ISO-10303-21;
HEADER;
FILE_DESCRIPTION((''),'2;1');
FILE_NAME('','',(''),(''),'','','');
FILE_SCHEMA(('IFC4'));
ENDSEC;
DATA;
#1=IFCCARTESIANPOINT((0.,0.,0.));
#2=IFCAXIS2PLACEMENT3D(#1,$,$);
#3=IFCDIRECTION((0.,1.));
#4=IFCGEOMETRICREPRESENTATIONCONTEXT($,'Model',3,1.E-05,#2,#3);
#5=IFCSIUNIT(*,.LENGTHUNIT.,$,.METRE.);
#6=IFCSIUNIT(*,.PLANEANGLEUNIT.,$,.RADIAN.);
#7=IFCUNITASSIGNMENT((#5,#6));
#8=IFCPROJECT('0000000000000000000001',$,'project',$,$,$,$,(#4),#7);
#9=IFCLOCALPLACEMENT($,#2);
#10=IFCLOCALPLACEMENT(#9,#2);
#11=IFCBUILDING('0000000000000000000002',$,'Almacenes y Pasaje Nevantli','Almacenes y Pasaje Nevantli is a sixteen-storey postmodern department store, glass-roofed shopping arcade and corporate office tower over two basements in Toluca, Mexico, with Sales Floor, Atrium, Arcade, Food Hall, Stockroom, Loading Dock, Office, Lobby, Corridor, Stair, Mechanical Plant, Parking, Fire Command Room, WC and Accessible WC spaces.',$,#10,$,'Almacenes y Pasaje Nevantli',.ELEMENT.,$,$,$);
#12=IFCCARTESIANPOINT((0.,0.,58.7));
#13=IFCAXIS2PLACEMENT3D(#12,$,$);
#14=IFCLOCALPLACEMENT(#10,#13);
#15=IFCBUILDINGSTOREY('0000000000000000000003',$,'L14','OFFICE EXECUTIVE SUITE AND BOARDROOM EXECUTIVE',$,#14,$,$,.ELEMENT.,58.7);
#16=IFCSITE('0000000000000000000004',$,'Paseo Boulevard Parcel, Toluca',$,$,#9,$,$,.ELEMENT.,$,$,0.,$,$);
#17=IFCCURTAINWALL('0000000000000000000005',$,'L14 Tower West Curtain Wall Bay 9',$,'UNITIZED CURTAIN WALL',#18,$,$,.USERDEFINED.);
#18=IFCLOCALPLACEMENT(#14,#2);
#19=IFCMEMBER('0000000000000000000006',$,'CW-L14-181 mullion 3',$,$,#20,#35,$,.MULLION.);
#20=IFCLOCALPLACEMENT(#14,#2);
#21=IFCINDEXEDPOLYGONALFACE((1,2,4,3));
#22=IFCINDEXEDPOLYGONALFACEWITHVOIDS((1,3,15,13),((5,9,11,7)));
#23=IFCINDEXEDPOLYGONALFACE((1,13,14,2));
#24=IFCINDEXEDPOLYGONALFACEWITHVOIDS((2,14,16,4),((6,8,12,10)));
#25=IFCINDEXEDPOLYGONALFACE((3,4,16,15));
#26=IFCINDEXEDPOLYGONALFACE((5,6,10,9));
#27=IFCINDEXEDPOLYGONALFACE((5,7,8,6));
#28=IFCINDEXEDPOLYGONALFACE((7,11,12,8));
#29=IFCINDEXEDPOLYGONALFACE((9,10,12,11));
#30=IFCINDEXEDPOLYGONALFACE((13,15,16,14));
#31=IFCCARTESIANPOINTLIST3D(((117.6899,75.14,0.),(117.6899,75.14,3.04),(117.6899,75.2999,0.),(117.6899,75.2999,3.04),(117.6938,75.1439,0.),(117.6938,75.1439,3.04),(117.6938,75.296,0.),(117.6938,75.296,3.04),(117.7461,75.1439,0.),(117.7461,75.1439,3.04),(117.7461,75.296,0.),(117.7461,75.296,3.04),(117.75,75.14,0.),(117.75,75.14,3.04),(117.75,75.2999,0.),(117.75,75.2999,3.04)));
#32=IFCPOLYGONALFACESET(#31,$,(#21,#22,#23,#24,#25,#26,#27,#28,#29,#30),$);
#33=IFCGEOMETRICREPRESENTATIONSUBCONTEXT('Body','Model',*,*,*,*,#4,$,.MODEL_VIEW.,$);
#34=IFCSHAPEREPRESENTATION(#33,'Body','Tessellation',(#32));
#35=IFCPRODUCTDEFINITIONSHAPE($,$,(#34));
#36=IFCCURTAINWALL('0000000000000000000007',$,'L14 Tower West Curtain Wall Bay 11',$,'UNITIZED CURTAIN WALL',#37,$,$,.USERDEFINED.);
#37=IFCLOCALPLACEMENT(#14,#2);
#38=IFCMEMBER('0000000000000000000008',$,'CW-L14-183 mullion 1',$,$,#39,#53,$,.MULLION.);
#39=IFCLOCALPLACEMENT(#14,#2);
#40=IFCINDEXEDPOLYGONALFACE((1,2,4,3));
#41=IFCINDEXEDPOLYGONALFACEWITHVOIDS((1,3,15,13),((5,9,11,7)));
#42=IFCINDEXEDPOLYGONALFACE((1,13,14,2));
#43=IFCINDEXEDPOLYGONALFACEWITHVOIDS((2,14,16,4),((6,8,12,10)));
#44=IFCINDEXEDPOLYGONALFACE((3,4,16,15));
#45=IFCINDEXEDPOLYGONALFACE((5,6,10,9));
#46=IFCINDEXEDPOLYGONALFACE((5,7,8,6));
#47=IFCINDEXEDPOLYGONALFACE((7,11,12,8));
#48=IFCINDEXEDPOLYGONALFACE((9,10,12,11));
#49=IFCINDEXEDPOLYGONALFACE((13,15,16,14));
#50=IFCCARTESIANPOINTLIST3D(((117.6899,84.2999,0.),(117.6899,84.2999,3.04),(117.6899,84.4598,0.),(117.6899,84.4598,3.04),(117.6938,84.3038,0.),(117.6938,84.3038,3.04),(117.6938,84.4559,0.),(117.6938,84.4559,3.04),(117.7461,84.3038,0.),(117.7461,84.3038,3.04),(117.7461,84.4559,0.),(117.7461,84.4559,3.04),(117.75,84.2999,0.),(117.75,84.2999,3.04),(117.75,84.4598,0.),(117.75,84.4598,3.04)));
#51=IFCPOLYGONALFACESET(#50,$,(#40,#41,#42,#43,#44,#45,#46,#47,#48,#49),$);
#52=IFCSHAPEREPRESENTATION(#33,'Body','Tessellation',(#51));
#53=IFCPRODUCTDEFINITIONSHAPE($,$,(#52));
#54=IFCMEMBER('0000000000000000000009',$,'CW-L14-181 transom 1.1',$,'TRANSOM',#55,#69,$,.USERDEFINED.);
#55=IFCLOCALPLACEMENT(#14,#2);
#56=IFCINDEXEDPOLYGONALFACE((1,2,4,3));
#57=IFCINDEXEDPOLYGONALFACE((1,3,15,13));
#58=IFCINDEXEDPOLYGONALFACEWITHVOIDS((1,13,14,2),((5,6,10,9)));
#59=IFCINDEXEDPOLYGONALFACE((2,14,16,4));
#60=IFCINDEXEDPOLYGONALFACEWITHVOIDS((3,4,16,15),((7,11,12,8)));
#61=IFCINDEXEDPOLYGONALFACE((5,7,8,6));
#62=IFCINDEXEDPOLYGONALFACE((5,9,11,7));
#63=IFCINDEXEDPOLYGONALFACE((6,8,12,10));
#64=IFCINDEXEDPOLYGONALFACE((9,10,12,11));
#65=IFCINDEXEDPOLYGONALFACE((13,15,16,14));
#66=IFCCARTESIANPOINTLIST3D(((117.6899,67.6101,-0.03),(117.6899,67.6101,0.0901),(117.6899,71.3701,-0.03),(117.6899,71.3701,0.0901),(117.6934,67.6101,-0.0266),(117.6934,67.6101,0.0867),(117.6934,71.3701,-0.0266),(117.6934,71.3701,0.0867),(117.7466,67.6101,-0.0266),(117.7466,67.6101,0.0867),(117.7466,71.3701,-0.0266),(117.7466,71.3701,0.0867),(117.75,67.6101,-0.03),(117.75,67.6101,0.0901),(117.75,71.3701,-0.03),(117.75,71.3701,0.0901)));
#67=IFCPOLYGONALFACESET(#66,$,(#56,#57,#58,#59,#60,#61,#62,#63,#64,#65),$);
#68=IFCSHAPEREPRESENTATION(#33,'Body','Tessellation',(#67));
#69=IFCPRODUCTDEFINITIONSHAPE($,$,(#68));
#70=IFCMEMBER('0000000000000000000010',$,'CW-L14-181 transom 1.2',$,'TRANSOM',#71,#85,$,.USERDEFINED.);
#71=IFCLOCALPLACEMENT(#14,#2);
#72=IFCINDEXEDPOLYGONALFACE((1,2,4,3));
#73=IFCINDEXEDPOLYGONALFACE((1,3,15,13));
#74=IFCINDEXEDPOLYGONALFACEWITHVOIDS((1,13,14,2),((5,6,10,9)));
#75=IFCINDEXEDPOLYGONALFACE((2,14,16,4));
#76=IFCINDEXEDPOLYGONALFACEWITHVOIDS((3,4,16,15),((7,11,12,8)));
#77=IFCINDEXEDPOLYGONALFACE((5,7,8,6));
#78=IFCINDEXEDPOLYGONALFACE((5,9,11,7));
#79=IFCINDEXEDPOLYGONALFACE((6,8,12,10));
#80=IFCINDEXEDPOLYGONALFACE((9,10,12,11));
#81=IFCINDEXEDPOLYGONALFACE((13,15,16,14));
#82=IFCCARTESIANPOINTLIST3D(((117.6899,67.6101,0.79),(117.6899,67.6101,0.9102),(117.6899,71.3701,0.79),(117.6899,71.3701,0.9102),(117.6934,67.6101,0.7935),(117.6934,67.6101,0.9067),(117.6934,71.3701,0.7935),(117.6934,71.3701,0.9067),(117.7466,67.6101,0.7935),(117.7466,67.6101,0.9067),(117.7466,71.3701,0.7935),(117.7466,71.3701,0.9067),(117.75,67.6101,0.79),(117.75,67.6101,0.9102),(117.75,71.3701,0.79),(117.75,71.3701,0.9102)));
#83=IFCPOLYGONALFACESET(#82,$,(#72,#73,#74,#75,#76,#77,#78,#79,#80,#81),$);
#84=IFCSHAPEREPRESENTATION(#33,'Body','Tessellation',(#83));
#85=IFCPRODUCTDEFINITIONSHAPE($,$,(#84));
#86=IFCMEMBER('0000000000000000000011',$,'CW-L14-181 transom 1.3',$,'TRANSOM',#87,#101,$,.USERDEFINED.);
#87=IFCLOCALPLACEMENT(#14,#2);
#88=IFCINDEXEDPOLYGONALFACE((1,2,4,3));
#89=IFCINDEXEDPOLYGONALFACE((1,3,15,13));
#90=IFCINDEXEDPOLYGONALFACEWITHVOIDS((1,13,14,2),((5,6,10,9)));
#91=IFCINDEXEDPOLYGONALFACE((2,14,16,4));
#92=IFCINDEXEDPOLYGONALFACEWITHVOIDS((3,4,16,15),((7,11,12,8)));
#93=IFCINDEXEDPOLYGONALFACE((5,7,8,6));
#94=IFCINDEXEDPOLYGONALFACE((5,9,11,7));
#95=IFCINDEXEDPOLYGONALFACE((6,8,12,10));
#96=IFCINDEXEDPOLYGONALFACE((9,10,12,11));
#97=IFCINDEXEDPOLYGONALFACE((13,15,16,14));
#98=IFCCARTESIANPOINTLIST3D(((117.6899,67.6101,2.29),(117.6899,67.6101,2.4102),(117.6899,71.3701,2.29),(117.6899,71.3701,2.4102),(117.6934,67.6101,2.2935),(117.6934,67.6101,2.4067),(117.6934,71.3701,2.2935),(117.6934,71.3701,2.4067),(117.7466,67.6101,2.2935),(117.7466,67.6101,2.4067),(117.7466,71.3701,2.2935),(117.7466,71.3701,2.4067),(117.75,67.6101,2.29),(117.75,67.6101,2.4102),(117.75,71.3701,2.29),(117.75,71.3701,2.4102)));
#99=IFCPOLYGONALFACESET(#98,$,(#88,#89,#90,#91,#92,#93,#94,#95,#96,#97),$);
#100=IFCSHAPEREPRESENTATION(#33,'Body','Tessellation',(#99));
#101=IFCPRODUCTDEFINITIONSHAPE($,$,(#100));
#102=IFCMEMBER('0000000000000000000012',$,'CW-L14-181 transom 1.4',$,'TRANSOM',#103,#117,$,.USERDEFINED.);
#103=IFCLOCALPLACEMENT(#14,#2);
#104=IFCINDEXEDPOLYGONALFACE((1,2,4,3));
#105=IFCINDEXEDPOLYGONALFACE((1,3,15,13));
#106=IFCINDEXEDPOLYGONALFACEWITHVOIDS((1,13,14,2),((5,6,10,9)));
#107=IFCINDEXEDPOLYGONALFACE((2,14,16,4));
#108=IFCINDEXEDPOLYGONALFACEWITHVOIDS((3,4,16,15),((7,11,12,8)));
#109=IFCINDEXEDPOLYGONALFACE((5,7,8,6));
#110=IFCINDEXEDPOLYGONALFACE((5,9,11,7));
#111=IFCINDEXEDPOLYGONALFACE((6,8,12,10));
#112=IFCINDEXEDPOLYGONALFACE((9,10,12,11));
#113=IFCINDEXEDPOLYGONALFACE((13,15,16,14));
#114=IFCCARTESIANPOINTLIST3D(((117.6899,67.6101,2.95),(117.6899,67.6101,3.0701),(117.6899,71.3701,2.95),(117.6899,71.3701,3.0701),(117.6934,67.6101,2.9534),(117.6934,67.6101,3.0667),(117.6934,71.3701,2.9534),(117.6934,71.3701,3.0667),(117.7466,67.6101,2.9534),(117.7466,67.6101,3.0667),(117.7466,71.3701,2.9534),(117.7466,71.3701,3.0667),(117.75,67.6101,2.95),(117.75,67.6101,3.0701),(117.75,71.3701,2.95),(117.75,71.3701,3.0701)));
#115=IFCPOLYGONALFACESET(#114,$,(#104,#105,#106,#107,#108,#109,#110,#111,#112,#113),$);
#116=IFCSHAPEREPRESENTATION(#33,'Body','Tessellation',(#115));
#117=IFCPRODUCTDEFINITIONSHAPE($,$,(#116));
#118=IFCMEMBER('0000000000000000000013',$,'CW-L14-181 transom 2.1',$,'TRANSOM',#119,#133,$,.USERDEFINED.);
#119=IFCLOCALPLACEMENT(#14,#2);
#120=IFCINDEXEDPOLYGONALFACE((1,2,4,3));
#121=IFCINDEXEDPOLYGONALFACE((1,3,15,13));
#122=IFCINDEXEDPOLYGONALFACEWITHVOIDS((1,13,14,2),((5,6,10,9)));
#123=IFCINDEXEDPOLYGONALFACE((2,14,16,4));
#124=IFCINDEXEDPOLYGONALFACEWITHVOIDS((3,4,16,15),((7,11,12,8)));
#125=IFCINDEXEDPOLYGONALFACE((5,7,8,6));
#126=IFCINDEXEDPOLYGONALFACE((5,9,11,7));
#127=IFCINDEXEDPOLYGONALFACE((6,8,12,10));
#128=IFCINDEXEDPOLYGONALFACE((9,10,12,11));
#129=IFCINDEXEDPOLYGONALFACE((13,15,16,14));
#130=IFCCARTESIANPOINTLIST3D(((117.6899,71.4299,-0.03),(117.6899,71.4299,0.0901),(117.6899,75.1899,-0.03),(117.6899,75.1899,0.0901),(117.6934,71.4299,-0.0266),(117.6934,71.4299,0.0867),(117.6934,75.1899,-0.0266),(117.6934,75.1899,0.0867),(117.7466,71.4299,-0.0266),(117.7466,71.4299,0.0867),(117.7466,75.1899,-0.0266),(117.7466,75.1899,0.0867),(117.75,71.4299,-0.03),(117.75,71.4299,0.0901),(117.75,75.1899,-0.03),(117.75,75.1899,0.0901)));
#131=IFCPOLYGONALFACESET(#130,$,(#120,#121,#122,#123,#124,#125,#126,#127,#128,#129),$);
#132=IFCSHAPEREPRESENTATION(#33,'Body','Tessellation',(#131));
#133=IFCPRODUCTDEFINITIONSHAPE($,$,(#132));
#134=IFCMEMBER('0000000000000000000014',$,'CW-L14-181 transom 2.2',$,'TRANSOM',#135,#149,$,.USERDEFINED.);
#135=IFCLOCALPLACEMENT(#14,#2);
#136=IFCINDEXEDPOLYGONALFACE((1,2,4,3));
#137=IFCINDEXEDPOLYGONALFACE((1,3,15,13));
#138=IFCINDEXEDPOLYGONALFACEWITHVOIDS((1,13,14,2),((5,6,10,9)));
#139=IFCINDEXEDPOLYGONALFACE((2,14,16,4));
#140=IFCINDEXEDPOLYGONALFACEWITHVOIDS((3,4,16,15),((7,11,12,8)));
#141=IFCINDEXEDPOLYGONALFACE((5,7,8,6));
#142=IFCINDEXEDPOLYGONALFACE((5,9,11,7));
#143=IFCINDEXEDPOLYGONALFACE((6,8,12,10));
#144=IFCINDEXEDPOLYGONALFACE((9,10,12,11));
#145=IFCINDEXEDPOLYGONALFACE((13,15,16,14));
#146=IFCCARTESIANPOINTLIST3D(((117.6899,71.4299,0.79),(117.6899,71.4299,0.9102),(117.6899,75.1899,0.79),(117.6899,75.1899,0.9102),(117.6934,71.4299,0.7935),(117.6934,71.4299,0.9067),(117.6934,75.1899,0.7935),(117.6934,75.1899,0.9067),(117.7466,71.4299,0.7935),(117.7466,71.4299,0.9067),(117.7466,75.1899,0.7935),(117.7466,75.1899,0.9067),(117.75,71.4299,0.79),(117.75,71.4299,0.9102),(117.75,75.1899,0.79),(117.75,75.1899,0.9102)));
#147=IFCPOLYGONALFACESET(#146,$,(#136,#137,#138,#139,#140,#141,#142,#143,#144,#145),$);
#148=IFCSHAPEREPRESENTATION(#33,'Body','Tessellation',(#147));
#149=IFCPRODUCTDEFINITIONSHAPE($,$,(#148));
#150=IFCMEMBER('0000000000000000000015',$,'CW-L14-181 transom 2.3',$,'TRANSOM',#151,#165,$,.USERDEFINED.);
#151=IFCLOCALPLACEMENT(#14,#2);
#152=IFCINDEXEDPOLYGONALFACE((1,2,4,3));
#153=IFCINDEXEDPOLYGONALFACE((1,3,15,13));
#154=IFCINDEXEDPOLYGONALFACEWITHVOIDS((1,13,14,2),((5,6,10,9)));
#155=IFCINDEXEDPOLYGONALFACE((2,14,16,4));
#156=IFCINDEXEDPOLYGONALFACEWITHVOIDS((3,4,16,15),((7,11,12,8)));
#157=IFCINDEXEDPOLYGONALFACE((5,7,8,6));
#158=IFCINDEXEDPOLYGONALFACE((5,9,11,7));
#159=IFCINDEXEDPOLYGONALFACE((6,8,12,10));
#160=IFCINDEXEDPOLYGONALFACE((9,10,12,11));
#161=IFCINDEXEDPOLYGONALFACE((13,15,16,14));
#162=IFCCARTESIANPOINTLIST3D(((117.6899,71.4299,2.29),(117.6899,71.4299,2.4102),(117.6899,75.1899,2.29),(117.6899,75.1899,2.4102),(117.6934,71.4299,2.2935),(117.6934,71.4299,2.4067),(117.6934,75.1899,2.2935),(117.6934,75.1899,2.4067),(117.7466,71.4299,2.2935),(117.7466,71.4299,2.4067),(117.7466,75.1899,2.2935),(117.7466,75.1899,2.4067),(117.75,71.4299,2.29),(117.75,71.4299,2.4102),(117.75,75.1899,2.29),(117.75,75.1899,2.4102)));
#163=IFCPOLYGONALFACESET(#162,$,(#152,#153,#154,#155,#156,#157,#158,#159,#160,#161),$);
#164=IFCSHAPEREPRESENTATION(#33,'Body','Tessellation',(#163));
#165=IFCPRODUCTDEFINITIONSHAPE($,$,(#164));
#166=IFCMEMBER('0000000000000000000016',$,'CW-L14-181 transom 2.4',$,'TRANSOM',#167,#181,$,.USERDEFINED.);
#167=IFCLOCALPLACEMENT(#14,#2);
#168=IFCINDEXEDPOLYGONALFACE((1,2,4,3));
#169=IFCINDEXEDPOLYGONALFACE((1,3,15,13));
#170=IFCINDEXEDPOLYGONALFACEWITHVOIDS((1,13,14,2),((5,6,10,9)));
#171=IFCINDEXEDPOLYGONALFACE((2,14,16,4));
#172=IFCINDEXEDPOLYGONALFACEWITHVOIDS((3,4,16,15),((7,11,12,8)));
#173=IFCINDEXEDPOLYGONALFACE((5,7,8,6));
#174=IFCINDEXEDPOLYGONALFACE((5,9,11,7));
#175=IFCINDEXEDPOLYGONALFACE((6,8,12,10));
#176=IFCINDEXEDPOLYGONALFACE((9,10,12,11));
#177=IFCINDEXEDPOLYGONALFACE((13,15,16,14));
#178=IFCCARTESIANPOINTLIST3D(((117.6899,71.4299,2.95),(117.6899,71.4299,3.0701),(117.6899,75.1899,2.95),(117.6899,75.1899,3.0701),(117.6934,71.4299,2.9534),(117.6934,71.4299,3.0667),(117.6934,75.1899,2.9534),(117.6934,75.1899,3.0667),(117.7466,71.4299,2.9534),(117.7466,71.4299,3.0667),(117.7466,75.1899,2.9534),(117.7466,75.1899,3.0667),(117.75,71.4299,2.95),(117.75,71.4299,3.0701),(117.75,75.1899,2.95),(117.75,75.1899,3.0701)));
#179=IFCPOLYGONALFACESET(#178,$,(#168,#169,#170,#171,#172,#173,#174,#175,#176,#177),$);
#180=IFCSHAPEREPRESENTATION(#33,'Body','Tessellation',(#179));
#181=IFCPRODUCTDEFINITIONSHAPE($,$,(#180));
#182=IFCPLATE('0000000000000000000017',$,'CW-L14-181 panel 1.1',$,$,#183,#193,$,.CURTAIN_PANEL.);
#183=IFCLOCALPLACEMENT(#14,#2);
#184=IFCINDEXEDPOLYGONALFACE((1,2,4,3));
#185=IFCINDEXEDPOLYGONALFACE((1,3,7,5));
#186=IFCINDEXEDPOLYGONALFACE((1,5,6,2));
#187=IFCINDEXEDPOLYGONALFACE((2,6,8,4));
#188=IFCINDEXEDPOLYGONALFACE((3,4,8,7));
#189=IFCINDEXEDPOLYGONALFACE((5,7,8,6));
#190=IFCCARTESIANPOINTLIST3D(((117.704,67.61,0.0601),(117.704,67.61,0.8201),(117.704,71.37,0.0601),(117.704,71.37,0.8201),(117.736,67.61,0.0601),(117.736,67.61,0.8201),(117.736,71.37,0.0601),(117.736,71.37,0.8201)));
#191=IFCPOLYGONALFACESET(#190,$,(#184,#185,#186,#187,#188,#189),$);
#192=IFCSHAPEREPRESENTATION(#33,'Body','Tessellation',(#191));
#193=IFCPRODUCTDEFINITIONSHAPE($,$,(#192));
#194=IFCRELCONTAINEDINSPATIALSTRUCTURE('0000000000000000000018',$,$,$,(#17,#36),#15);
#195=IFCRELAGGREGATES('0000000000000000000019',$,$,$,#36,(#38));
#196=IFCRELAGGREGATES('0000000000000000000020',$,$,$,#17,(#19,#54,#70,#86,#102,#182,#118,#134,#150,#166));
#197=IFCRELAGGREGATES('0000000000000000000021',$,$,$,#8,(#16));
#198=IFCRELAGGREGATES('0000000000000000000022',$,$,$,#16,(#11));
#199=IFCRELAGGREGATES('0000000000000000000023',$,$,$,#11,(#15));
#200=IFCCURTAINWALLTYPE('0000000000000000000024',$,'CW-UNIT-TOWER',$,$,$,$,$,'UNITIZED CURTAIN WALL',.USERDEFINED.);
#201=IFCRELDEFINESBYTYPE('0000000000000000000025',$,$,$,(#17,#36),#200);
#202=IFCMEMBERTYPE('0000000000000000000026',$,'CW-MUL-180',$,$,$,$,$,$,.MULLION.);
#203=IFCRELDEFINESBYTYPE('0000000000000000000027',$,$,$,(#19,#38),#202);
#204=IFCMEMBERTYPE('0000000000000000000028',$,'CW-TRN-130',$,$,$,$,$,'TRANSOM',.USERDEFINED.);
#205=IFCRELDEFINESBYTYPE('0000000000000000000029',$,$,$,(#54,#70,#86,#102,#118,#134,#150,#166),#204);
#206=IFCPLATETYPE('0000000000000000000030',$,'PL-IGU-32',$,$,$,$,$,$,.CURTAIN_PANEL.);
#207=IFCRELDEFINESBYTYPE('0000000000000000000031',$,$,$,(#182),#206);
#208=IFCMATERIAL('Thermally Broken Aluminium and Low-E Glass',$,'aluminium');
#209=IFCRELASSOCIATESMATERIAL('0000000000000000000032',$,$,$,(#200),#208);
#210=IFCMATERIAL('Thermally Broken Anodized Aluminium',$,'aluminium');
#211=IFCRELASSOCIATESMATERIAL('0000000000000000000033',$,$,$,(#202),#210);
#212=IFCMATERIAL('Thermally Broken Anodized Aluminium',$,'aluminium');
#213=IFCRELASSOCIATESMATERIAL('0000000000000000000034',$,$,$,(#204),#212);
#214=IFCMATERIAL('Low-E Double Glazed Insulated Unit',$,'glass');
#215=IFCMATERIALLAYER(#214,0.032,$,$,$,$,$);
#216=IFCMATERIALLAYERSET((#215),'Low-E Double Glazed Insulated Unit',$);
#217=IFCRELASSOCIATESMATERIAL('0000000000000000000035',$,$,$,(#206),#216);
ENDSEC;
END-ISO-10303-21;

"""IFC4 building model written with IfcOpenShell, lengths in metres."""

from ifc_helpers import new_model, si_unit, direction, frame, origin, origin_2d, place, context, subcontext, project, spatial, rectangle, hollow_rectangle, extrude, material, layer, layer_set, material_profile, profile_set, type_object, element, aggregate, save


model = new_model("IFC4")

# Units and contexts
model_context = context("Model", 3, precision=1e-05, world=origin(), true_north=direction((0.0, 1.0)))
body_context = subcontext(model_context, "Body", "Model", "MODEL_VIEW")
ifc_project = project(units=[si_unit("LENGTHUNIT", "METRE"), si_unit("PLANEANGLEUNIT", "RADIAN")], contexts=[model_context])

# Site, building, storey
site_placement = place(None, origin())
site = spatial("IfcSite", under=ifc_project, at=site_placement, Name="Paseo Boulevard Parcel, Toluca", CompositionType="ELEMENT", RefElevation=0.0)
building_placement = place(site_placement, origin())
building = spatial("IfcBuilding", under=site, at=building_placement, Name="Almacenes y Pasaje Nevantli", Description="Almacenes y Pasaje Nevantli is a sixteen-storey postmodern department store, glass-roofed shopping arcade and corporate office tower over two basements in Toluca, Mexico, with Sales Floor, Atrium, Arcade, Food Hall, Stockroom, Loading Dock, Office, Lobby, Corridor, Stair, Mechanical Plant, Parking, Fire Command Room, WC and Accessible WC spaces.", LongName="Almacenes y Pasaje Nevantli", CompositionType="ELEMENT")
storey_placement = place(building_placement, frame((0.0, 0.0, 58.7)))
storey = spatial("IfcBuildingStorey", under=building, at=storey_placement, Name="L14", Description="OFFICE EXECUTIVE SUITE AND BOARDROOM EXECUTIVE", CompositionType="ELEMENT", Elevation=58.7)

# Curtain wall, member
ifc_material_1 = material(Name="Thermally Broken Aluminium and Low-E Glass", Category="aluminium")
curtain_wall_type = type_object("IfcCurtainWallType", Name="CW-UNIT-TOWER", ElementType="UNITIZED CURTAIN WALL", PredefinedType="USERDEFINED", material=ifc_material_1)
curtain_wall_1_placement = place(storey_placement, origin())
curtain_wall_1 = element("IfcCurtainWall", 1, at=curtain_wall_1_placement, inside=storey, type_object=curtain_wall_type, Name="L14 Tower West Curtain Wall Bay 9", ObjectType="UNITIZED CURTAIN WALL", PredefinedType="USERDEFINED")
ifc_material_2 = material(Name="Thermally Broken Anodized Aluminium", Category="aluminium")
ifc_material_profile_1 = material_profile(ifc_material_2, hollow_rectangle(XDim=0.0601, YDim=0.1599, WallThickness=0.0039, at=origin_2d()), Name="ALU-MUL-60x160")
ifc_profile_set_1 = profile_set([ifc_material_profile_1], Name="Thermally Broken Anodized Aluminium")
member_type_1 = type_object("IfcMemberType", Name="CW-MUL-180", PredefinedType="MULLION", material=ifc_profile_set_1)
member_1_placement = place(storey_placement, frame((117.72, 75.22, 0.0), z_axis=(0.0, 0.0, 1.0), x_axis=(-1.0, 0.0, 0.0)))
member_1 = element("IfcMember", 2, at=member_1_placement, type_object=member_type_1, Name="CW-L14-181 mullion 3", PredefinedType="MULLION", context=body_context, shape_type="SweptSolid", body=[
    extrude(hollow_rectangle(XDim=0.0601, YDim=0.1599, WallThickness=0.0039, at=origin_2d()), origin(), (0.0, 0.0, 1.0), 3.04),
])

# Curtain wall, member
curtain_wall_2_placement = place(storey_placement, origin())
curtain_wall_2 = element("IfcCurtainWall", 3, at=curtain_wall_2_placement, inside=storey, type_object=curtain_wall_type, Name="L14 Tower West Curtain Wall Bay 11", ObjectType="UNITIZED CURTAIN WALL", PredefinedType="USERDEFINED")
member_2_placement = place(storey_placement, frame((117.72, 84.3799, 0.0), z_axis=(0.0, 0.0, 1.0), x_axis=(-1.0, 0.0, 0.0)))
member_2 = element("IfcMember", 4, at=member_2_placement, type_object=member_type_1, Name="CW-L14-183 mullion 1", PredefinedType="MULLION", context=body_context, shape_type="SweptSolid", body=[
    extrude(hollow_rectangle(XDim=0.0601, YDim=0.1599, WallThickness=0.0039, at=origin_2d()), origin(), (0.0, 0.0, 1.0), 3.04),
])
aggregate(curtain_wall_2, [member_2])

# Members
ifc_material_3 = material(Name="Thermally Broken Anodized Aluminium", Category="aluminium")
ifc_material_profile_2 = material_profile(ifc_material_3, hollow_rectangle(XDim=0.0601, YDim=0.1201, WallThickness=0.0034, at=origin_2d()), Name="ALU-TRN-60x120")
ifc_profile_set_2 = profile_set([ifc_material_profile_2], Name="Thermally Broken Anodized Aluminium")
member_type_2 = type_object("IfcMemberType", Name="CW-TRN-130", ElementType="TRANSOM", PredefinedType="USERDEFINED", material=ifc_profile_set_2)
member_3_placement = place(storey_placement, frame((117.72, 67.6101, 0.03), z_axis=(0.0, 1.0, 0.0), x_axis=(-1.0, 0.0, 0.0)))
member_3 = element("IfcMember", 5, at=member_3_placement, type_object=member_type_2, Name="CW-L14-181 transom 1.1", ObjectType="TRANSOM", PredefinedType="USERDEFINED", context=body_context, shape_type="SweptSolid", body=[
    extrude(hollow_rectangle(XDim=0.0601, YDim=0.1201, WallThickness=0.0034, at=origin_2d()), origin(), (0.0, 0.0, 1.0), 3.76),
])
member_4_placement = place(storey_placement, frame((117.72, 67.6101, 0.8501), z_axis=(0.0, 1.0, 0.0), x_axis=(-1.0, 0.0, 0.0)))
member_4 = element("IfcMember", 6, at=member_4_placement, type_object=member_type_2, Name="CW-L14-181 transom 1.2", ObjectType="TRANSOM", PredefinedType="USERDEFINED", context=body_context, shape_type="SweptSolid", body=[
    extrude(hollow_rectangle(XDim=0.0601, YDim=0.1201, WallThickness=0.0034, at=origin_2d()), origin(), (0.0, 0.0, 1.0), 3.76),
])
member_5_placement = place(storey_placement, frame((117.72, 67.6101, 2.3501), z_axis=(0.0, 1.0, 0.0), x_axis=(-1.0, 0.0, 0.0)))
member_5 = element("IfcMember", 7, at=member_5_placement, type_object=member_type_2, Name="CW-L14-181 transom 1.3", ObjectType="TRANSOM", PredefinedType="USERDEFINED", context=body_context, shape_type="SweptSolid", body=[
    extrude(hollow_rectangle(XDim=0.0601, YDim=0.1201, WallThickness=0.0034, at=origin_2d()), origin(), (0.0, 0.0, 1.0), 3.76),
])
member_6_placement = place(storey_placement, frame((117.72, 67.6101, 3.01), z_axis=(0.0, 1.0, 0.0), x_axis=(-1.0, 0.0, 0.0)))
member_6 = element("IfcMember", 8, at=member_6_placement, type_object=member_type_2, Name="CW-L14-181 transom 1.4", ObjectType="TRANSOM", PredefinedType="USERDEFINED", context=body_context, shape_type="SweptSolid", body=[
    extrude(hollow_rectangle(XDim=0.0601, YDim=0.1201, WallThickness=0.0034, at=origin_2d()), origin(), (0.0, 0.0, 1.0), 3.76),
])
member_7_placement = place(storey_placement, frame((117.72, 71.4299, 0.03), z_axis=(0.0, 1.0, 0.0), x_axis=(-1.0, 0.0, 0.0)))
member_7 = element("IfcMember", 9, at=member_7_placement, type_object=member_type_2, Name="CW-L14-181 transom 2.1", ObjectType="TRANSOM", PredefinedType="USERDEFINED", context=body_context, shape_type="SweptSolid", body=[
    extrude(hollow_rectangle(XDim=0.0601, YDim=0.1201, WallThickness=0.0034, at=origin_2d()), origin(), (0.0, 0.0, 1.0), 3.76),
])
member_8_placement = place(storey_placement, frame((117.72, 71.4299, 0.8501), z_axis=(0.0, 1.0, 0.0), x_axis=(-1.0, 0.0, 0.0)))
member_8 = element("IfcMember", 10, at=member_8_placement, type_object=member_type_2, Name="CW-L14-181 transom 2.2", ObjectType="TRANSOM", PredefinedType="USERDEFINED", context=body_context, shape_type="SweptSolid", body=[
    extrude(hollow_rectangle(XDim=0.0601, YDim=0.1201, WallThickness=0.0034, at=origin_2d()), origin(), (0.0, 0.0, 1.0), 3.76),
])
member_9_placement = place(storey_placement, frame((117.72, 71.4299, 2.3501), z_axis=(0.0, 1.0, 0.0), x_axis=(-1.0, 0.0, 0.0)))
member_9 = element("IfcMember", 11, at=member_9_placement, type_object=member_type_2, Name="CW-L14-181 transom 2.3", ObjectType="TRANSOM", PredefinedType="USERDEFINED", context=body_context, shape_type="SweptSolid", body=[
    extrude(hollow_rectangle(XDim=0.0601, YDim=0.1201, WallThickness=0.0034, at=origin_2d()), origin(), (0.0, 0.0, 1.0), 3.76),
])
member_10_placement = place(storey_placement, frame((117.72, 71.4299, 3.01), z_axis=(0.0, 1.0, 0.0), x_axis=(-1.0, 0.0, 0.0)))
member_10 = element("IfcMember", 12, at=member_10_placement, type_object=member_type_2, Name="CW-L14-181 transom 2.4", ObjectType="TRANSOM", PredefinedType="USERDEFINED", context=body_context, shape_type="SweptSolid", body=[
    extrude(hollow_rectangle(XDim=0.0601, YDim=0.1201, WallThickness=0.0034, at=origin_2d()), origin(), (0.0, 0.0, 1.0), 3.76),
])

# Plate
ifc_material_4 = material(Name="Low-E Double Glazed Insulated Unit", Category="glass")
ifc_layer_1 = layer(ifc_material_4, 0.032)
ifc_layer_set_1 = layer_set([ifc_layer_1], Name="Low-E Double Glazed Insulated Unit")
plate_type = type_object("IfcPlateType", Name="PL-IGU-32", PredefinedType="CURTAIN_PANEL", material=ifc_layer_set_1)
plate_1_placement = place(storey_placement, frame((117.72, 69.49, 0.0601), z_axis=(0.0, 0.0, 1.0), x_axis=(0.0, 1.0, 0.0)))
plate_1 = element("IfcPlate", 13, at=plate_1_placement, type_object=plate_type, Name="CW-L14-181 panel 1.1", PredefinedType="CURTAIN_PANEL", context=body_context, shape_type="SweptSolid", body=[
    extrude(rectangle(XDim=3.76, YDim=0.032, at=origin_2d()), origin(), (0.0, 0.0, 1.0), 0.76),
])
aggregate(curtain_wall_1, [member_1, member_3, member_4, member_5, member_6, plate_1, member_7, member_8, member_9, member_10])

save(model, "model.ifc")
